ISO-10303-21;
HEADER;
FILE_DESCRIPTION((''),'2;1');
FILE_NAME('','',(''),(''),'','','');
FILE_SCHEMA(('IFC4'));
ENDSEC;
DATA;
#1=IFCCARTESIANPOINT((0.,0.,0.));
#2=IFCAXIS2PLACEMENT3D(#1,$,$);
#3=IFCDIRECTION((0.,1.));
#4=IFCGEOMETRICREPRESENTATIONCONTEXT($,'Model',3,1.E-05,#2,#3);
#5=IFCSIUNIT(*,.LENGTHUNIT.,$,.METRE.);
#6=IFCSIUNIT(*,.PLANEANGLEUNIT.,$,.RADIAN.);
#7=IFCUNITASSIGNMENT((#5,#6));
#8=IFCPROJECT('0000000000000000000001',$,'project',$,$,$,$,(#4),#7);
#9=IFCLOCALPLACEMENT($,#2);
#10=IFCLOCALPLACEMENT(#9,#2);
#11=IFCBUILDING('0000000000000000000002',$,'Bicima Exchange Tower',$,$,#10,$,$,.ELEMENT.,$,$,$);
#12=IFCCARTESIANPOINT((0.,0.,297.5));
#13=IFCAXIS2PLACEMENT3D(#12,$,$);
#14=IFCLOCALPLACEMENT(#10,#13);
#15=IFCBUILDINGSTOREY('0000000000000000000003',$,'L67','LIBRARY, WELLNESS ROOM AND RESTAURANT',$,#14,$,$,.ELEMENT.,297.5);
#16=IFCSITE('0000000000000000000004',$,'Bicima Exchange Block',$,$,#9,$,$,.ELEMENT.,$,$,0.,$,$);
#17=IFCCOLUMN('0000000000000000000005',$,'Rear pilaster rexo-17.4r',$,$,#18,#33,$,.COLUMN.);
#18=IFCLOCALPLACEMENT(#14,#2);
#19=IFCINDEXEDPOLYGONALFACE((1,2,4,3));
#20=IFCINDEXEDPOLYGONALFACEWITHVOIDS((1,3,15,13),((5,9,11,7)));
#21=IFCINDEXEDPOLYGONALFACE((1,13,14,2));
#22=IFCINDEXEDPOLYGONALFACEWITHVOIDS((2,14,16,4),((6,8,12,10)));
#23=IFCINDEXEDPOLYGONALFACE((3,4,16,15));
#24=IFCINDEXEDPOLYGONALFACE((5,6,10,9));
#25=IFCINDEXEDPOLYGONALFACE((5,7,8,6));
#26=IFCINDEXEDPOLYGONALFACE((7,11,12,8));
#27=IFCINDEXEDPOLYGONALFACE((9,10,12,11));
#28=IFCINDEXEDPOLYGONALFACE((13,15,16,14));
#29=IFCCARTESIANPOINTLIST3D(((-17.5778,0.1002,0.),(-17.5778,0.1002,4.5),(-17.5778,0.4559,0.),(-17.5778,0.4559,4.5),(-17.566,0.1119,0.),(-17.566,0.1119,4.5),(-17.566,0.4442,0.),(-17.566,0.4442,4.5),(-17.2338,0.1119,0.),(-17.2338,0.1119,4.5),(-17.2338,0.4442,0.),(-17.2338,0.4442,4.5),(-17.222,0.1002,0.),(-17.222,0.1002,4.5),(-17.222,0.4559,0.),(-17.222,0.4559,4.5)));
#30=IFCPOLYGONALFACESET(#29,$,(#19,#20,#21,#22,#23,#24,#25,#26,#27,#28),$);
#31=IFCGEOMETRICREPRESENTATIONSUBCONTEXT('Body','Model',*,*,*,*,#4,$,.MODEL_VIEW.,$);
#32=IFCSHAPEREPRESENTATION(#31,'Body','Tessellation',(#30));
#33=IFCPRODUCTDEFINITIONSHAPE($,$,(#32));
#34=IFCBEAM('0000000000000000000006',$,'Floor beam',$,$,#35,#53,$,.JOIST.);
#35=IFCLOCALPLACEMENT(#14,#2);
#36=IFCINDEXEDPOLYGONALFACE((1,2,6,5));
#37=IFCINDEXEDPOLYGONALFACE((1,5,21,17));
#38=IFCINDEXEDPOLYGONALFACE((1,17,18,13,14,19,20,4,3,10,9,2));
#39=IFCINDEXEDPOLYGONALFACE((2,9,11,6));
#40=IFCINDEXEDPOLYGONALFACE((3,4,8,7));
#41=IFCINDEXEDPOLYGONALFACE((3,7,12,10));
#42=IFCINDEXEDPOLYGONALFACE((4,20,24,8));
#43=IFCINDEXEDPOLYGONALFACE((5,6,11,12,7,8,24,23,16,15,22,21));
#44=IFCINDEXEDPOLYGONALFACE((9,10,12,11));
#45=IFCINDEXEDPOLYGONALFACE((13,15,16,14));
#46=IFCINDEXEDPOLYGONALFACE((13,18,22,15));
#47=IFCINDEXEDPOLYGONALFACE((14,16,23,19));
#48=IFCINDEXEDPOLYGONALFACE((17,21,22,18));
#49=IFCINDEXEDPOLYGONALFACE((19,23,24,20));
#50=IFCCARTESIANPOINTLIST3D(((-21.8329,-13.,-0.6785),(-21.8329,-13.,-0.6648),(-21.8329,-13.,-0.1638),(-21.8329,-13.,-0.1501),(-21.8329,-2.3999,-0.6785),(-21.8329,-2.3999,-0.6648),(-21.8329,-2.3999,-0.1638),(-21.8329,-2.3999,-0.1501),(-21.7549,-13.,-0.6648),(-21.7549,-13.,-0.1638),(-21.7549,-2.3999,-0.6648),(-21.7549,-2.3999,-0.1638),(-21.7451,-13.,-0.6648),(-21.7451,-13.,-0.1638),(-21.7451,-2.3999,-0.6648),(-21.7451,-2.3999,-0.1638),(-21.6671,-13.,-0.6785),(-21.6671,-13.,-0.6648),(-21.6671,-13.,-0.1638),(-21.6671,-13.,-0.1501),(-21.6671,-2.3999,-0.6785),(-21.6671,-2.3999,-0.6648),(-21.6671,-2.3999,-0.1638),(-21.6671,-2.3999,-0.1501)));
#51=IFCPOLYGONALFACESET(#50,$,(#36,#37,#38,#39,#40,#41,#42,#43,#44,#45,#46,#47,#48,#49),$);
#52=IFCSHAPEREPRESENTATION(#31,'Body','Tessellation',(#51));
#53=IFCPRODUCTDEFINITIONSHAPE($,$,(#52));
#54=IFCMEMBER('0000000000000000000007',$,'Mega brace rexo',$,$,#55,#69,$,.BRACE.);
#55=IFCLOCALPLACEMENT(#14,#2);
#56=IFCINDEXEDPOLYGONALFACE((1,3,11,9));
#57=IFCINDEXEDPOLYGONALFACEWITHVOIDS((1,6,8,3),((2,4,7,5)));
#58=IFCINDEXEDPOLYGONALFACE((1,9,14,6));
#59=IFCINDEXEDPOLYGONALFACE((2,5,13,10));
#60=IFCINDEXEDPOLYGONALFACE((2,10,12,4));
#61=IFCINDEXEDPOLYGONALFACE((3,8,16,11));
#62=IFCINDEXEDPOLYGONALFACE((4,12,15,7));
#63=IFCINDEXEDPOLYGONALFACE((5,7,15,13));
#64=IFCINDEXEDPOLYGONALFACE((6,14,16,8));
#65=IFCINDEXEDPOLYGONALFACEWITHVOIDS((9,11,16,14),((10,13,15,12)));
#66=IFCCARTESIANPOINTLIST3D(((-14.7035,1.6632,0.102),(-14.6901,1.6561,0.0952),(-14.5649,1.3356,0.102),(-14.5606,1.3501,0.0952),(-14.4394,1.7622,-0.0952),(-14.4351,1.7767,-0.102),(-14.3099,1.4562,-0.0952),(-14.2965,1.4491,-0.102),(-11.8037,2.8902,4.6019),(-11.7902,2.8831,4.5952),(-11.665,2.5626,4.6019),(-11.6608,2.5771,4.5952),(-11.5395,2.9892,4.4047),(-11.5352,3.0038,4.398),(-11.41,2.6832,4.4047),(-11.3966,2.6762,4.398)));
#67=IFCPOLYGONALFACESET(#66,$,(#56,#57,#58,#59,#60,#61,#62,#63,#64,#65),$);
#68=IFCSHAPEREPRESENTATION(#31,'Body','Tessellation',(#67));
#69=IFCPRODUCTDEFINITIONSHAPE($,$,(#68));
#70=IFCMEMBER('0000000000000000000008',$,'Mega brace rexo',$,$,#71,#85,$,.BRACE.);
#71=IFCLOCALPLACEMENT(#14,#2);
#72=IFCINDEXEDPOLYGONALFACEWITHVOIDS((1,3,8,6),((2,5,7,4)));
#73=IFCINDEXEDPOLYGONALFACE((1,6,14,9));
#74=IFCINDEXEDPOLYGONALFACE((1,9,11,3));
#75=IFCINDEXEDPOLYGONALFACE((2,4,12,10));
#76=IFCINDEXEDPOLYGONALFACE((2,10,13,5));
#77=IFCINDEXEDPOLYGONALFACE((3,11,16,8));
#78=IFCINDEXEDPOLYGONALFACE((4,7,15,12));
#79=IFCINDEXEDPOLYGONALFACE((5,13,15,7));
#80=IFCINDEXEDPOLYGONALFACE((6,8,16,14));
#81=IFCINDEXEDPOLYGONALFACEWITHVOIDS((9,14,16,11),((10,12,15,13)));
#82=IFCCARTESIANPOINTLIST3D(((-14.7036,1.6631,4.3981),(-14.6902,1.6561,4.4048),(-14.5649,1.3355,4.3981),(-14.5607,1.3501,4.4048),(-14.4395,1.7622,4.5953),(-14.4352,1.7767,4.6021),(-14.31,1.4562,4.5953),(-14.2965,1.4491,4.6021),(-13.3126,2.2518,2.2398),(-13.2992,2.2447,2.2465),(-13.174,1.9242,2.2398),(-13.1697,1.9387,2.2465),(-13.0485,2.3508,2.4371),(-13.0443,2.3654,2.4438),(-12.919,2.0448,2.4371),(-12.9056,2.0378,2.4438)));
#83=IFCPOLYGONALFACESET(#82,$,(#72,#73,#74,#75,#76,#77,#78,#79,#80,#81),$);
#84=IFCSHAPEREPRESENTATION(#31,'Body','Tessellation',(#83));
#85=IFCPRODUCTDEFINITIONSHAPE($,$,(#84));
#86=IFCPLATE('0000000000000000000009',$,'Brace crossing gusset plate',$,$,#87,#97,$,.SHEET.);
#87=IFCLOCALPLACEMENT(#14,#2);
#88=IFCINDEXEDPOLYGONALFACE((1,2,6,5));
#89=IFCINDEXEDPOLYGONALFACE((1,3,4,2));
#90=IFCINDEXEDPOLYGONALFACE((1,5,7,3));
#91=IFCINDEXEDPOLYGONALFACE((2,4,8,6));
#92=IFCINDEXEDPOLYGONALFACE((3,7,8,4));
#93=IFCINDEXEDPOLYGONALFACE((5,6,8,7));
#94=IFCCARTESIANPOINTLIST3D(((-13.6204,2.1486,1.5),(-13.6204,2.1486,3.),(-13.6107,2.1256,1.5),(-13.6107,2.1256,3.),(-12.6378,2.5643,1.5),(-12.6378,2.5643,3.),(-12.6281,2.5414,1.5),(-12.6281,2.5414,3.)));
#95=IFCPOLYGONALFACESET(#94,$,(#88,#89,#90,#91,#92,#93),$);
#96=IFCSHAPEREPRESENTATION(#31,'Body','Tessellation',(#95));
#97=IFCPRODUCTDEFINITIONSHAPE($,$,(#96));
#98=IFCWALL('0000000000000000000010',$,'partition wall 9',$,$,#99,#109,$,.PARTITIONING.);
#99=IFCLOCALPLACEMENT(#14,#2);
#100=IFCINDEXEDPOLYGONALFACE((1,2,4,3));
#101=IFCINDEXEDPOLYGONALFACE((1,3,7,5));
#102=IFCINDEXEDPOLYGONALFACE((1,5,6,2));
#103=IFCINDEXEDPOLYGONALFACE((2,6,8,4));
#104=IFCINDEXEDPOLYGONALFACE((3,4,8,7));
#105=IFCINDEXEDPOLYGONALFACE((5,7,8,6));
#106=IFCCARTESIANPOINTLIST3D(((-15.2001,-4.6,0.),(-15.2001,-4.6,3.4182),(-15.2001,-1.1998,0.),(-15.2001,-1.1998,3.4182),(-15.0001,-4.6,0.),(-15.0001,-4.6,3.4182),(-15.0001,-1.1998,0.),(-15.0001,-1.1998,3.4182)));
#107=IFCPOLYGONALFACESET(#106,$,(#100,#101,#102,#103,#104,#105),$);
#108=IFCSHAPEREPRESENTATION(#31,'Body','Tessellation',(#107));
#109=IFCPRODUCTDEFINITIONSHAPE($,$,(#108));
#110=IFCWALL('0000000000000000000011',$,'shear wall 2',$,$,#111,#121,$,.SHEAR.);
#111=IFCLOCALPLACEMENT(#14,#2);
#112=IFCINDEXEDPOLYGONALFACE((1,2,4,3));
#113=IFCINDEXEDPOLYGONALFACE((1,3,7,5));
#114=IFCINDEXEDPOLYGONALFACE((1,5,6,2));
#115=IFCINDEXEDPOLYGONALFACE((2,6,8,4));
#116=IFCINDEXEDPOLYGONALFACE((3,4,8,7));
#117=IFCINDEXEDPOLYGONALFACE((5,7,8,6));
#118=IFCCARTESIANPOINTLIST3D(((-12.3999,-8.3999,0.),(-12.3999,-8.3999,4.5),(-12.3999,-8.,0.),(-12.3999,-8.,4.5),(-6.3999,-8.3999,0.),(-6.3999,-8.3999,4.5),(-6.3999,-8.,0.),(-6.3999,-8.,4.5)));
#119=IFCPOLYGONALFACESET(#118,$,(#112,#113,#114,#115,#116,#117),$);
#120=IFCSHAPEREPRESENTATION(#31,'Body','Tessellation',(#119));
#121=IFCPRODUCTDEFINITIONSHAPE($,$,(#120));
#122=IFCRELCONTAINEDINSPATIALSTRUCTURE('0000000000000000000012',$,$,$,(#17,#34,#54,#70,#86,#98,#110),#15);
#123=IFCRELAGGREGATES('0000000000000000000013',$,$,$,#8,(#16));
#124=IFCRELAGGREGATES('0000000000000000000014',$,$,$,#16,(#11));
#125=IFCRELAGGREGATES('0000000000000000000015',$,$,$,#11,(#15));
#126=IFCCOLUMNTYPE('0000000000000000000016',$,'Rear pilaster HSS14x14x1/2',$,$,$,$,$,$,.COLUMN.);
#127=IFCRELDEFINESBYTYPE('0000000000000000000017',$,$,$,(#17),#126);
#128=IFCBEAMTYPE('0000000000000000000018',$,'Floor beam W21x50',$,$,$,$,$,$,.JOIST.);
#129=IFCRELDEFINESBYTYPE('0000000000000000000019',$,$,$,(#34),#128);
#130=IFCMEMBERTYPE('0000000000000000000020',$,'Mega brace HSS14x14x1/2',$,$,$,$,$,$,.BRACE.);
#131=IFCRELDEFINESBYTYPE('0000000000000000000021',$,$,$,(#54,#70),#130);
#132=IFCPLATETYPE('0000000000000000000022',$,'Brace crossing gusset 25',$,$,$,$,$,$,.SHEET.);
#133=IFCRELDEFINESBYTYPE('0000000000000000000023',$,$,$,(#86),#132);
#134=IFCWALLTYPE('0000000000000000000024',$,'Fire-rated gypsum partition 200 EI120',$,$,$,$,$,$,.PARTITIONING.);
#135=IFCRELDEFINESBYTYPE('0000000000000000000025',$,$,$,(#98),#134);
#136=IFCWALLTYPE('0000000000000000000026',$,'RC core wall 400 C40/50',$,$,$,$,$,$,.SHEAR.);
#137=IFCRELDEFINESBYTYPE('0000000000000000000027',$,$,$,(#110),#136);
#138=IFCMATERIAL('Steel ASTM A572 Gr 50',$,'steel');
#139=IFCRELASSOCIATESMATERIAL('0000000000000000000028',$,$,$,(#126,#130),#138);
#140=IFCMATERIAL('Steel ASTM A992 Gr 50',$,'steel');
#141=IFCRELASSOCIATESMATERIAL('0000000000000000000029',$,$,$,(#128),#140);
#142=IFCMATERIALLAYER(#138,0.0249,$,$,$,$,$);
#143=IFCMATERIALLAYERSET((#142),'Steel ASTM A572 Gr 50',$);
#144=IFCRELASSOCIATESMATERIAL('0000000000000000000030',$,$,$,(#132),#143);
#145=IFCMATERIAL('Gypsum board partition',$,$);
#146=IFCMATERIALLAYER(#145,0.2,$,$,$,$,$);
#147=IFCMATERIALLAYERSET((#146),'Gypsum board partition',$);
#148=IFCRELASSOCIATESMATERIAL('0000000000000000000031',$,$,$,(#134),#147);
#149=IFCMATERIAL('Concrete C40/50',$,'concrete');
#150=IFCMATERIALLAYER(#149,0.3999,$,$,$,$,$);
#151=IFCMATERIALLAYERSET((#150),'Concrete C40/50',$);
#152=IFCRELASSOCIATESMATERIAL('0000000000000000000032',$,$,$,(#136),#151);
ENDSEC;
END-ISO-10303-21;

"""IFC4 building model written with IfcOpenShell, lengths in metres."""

from ifc_helpers import new_model, si_unit, direction, frame, frame_2d, origin, origin_2d, place, context, subcontext, project, spatial, rectangle, hollow_rectangle, i_section, extrude, material, layer, layer_set, material_profile, profile_set, type_object, element, save


model = new_model("IFC4")

# Units and contexts
model_context = context("Model", 3, precision=1e-05, world=origin(), true_north=direction((0.0, 1.0)))
body_context = subcontext(model_context, "Body", "Model", "MODEL_VIEW")
ifc_project = project(units=[si_unit("LENGTHUNIT", "METRE"), si_unit("PLANEANGLEUNIT", "RADIAN")], contexts=[model_context])

# Site, building, storey
site_placement = place(None, origin())
site = spatial("IfcSite", under=ifc_project, at=site_placement, Name="Bicima Exchange Block", CompositionType="ELEMENT", RefElevation=0.0)
building_placement = place(site_placement, origin())
building = spatial("IfcBuilding", under=site, at=building_placement, Name="Bicima Exchange Tower", CompositionType="ELEMENT")
storey_placement = place(building_placement, frame((0.0, 0.0, 297.5)))
storey = spatial("IfcBuildingStorey", under=building, at=storey_placement, Name="L67", Description="LIBRARY, WELLNESS ROOM AND RESTAURANT", CompositionType="ELEMENT", Elevation=297.5)

# Column
ifc_material_1 = material(Name="Steel ASTM A572 Gr 50", Category="steel")
ifc_material_profile_1 = material_profile(ifc_material_1, hollow_rectangle(XDim=0.3557, YDim=0.3557, WallThickness=0.0117, at=origin_2d()))
ifc_profile_set_1 = profile_set([ifc_material_profile_1], Name="Steel ASTM A572 Gr 50")
column_type = type_object("IfcColumnType", Name="Rear pilaster HSS14x14x1/2", PredefinedType="COLUMN", material=ifc_profile_set_1)
column_placement = place(storey_placement, frame((-17.3999, 0.2781, 0.0), z_axis=(0.0, 0.0, 1.0), x_axis=(1.0, 0.0, 0.0)))
element("IfcColumn", 1, at=column_placement, inside=storey, type_object=column_type, Name="Rear pilaster rexo-17.4r", PredefinedType="COLUMN", context=body_context, shape_type="SweptSolid", body=[
    extrude(hollow_rectangle(XDim=0.3557, YDim=0.3557, WallThickness=0.0117, at=origin_2d()), origin(), (0.0, 0.0, 1.0), 4.5),
])

# Beam
ifc_material_2 = material(Name="Steel ASTM A992 Gr 50", Category="steel")
ifc_material_profile_2 = material_profile(ifc_material_2, i_section(OverallWidth=0.1658, OverallDepth=0.5283, WebThickness=0.0098, FlangeThickness=0.0137, at=origin_2d()))
ifc_profile_set_2 = profile_set([ifc_material_profile_2], Name="Steel ASTM A992 Gr 50")
beam_type = type_object("IfcBeamType", Name="Floor beam W21x50", PredefinedType="JOIST", material=ifc_profile_set_2)
beam_placement = place(storey_placement, frame((-21.75, -2.3999, -0.4143), z_axis=(0.0, -1.0, 0.0), x_axis=(1.0, 0.0, 0.0)))
element("IfcBeam", 2, at=beam_placement, inside=storey, type_object=beam_type, Name="Floor beam", PredefinedType="JOIST", context=body_context, shape_type="SweptSolid", body=[
    extrude(i_section(OverallWidth=0.1658, OverallDepth=0.5283, WebThickness=0.0098, FlangeThickness=0.0137, at=origin_2d()), origin(), (0.0, 0.0, 1.0), 10.6001),
])

# Members
member_type = type_object("IfcMemberType", Name="Mega brace HSS14x14x1/2", PredefinedType="BRACE", material=ifc_profile_set_1)
member_1_placement = place(storey_placement, frame((-14.5, 1.5562, 0.0), z_axis=(0.527997, 0.223414, 0.819333), x_axis=(-0.389686, 0.920948, 0.0)))
element("IfcMember", 3, at=member_1_placement, inside=storey, type_object=member_type, Name="Mega brace rexo", PredefinedType="BRACE", context=body_context, shape_type="SweptSolid", body=[
    extrude(hollow_rectangle(XDim=0.3557, YDim=0.3557, WallThickness=0.0117, at=origin_2d()), origin(), (0.0, 0.0, 1.0), 5.4922),
])
member_2_placement = place(storey_placement, frame((-13.1091, 2.1448, 2.3418), z_axis=(-0.528011, -0.223457, 0.819311), x_axis=(0.38974, -0.920925, 0.0)))
element("IfcMember", 4, at=member_2_placement, inside=storey, type_object=member_type, Name="Mega brace rexo", PredefinedType="BRACE", context=body_context, shape_type="SweptSolid", body=[
    extrude(hollow_rectangle(XDim=0.3557, YDim=0.3557, WallThickness=0.0117, at=origin_2d()), origin(), (0.0, 0.0, 1.0), 2.6343),
])

# Plate
ifc_layer_1 = layer(ifc_material_1, 0.0249)
ifc_layer_set_1 = layer_set([ifc_layer_1], Name="Steel ASTM A572 Gr 50")
plate_type = type_object("IfcPlateType", Name="Brace crossing gusset 25", PredefinedType="SHEET", material=ifc_layer_set_1)
plate_placement = place(storey_placement, frame((-13.1243, 2.345, 1.5), z_axis=(0.0, 0.0, 1.0), x_axis=(0.920946, 0.38969, 0.0)))
element("IfcPlate", 5, at=plate_placement, inside=storey, type_object=plate_type, Name="Brace crossing gusset plate", PredefinedType="SHEET", context=body_context, shape_type="SweptSolid", body=[
    extrude(rectangle(XDim=1.0669, YDim=0.0249, at=origin_2d()), origin(), (0.0, 0.0, 1.0), 1.5),
])

# Walls
ifc_material_3 = material(Name="Gypsum board partition")
ifc_layer_2 = layer(ifc_material_3, 0.2)
ifc_layer_set_2 = layer_set([ifc_layer_2], Name="Gypsum board partition")
wall_type_1 = type_object("IfcWallType", Name="Fire-rated gypsum partition 200 EI120", PredefinedType="PARTITIONING", material=ifc_layer_set_2)
wall_1_placement = place(storey_placement, frame((-15.1001, -4.6001, 0.0), z_axis=(0.0, 0.0, 1.0), x_axis=(0.0, 1.0, 0.0)))
element("IfcWall", 6, at=wall_1_placement, inside=storey, type_object=wall_type_1, Name="partition wall 9", PredefinedType="PARTITIONING", context=body_context, shape_type="SweptSolid", body=[
    extrude(rectangle(XDim=3.4001, YDim=0.2, at=frame_2d((1.7002, 0.0))), origin(), (0.0, 0.0, 1.0), 3.4182),
])
ifc_material_4 = material(Name="Concrete C40/50", Category="concrete")
ifc_layer_3 = layer(ifc_material_4, 0.3999)
ifc_layer_set_3 = layer_set([ifc_layer_3], Name="Concrete C40/50")
wall_type_2 = type_object("IfcWallType", Name="RC core wall 400 C40/50", PredefinedType="SHEAR", material=ifc_layer_set_3)
wall_2_placement = place(storey_placement, frame((-12.3999, -8.2, 0.0), z_axis=(0.0, 0.0, 1.0), x_axis=(1.0, 0.0, 0.0)))
element("IfcWall", 7, at=wall_2_placement, inside=storey, type_object=wall_type_2, Name="shear wall 2", PredefinedType="SHEAR", context=body_context, shape_type="SweptSolid", body=[
    extrude(rectangle(XDim=6.0, YDim=0.3999, at=frame_2d((3.0, 0.0))), origin(), (0.0, 0.0, 1.0), 4.5),
])

save(model, "model.ifc")
